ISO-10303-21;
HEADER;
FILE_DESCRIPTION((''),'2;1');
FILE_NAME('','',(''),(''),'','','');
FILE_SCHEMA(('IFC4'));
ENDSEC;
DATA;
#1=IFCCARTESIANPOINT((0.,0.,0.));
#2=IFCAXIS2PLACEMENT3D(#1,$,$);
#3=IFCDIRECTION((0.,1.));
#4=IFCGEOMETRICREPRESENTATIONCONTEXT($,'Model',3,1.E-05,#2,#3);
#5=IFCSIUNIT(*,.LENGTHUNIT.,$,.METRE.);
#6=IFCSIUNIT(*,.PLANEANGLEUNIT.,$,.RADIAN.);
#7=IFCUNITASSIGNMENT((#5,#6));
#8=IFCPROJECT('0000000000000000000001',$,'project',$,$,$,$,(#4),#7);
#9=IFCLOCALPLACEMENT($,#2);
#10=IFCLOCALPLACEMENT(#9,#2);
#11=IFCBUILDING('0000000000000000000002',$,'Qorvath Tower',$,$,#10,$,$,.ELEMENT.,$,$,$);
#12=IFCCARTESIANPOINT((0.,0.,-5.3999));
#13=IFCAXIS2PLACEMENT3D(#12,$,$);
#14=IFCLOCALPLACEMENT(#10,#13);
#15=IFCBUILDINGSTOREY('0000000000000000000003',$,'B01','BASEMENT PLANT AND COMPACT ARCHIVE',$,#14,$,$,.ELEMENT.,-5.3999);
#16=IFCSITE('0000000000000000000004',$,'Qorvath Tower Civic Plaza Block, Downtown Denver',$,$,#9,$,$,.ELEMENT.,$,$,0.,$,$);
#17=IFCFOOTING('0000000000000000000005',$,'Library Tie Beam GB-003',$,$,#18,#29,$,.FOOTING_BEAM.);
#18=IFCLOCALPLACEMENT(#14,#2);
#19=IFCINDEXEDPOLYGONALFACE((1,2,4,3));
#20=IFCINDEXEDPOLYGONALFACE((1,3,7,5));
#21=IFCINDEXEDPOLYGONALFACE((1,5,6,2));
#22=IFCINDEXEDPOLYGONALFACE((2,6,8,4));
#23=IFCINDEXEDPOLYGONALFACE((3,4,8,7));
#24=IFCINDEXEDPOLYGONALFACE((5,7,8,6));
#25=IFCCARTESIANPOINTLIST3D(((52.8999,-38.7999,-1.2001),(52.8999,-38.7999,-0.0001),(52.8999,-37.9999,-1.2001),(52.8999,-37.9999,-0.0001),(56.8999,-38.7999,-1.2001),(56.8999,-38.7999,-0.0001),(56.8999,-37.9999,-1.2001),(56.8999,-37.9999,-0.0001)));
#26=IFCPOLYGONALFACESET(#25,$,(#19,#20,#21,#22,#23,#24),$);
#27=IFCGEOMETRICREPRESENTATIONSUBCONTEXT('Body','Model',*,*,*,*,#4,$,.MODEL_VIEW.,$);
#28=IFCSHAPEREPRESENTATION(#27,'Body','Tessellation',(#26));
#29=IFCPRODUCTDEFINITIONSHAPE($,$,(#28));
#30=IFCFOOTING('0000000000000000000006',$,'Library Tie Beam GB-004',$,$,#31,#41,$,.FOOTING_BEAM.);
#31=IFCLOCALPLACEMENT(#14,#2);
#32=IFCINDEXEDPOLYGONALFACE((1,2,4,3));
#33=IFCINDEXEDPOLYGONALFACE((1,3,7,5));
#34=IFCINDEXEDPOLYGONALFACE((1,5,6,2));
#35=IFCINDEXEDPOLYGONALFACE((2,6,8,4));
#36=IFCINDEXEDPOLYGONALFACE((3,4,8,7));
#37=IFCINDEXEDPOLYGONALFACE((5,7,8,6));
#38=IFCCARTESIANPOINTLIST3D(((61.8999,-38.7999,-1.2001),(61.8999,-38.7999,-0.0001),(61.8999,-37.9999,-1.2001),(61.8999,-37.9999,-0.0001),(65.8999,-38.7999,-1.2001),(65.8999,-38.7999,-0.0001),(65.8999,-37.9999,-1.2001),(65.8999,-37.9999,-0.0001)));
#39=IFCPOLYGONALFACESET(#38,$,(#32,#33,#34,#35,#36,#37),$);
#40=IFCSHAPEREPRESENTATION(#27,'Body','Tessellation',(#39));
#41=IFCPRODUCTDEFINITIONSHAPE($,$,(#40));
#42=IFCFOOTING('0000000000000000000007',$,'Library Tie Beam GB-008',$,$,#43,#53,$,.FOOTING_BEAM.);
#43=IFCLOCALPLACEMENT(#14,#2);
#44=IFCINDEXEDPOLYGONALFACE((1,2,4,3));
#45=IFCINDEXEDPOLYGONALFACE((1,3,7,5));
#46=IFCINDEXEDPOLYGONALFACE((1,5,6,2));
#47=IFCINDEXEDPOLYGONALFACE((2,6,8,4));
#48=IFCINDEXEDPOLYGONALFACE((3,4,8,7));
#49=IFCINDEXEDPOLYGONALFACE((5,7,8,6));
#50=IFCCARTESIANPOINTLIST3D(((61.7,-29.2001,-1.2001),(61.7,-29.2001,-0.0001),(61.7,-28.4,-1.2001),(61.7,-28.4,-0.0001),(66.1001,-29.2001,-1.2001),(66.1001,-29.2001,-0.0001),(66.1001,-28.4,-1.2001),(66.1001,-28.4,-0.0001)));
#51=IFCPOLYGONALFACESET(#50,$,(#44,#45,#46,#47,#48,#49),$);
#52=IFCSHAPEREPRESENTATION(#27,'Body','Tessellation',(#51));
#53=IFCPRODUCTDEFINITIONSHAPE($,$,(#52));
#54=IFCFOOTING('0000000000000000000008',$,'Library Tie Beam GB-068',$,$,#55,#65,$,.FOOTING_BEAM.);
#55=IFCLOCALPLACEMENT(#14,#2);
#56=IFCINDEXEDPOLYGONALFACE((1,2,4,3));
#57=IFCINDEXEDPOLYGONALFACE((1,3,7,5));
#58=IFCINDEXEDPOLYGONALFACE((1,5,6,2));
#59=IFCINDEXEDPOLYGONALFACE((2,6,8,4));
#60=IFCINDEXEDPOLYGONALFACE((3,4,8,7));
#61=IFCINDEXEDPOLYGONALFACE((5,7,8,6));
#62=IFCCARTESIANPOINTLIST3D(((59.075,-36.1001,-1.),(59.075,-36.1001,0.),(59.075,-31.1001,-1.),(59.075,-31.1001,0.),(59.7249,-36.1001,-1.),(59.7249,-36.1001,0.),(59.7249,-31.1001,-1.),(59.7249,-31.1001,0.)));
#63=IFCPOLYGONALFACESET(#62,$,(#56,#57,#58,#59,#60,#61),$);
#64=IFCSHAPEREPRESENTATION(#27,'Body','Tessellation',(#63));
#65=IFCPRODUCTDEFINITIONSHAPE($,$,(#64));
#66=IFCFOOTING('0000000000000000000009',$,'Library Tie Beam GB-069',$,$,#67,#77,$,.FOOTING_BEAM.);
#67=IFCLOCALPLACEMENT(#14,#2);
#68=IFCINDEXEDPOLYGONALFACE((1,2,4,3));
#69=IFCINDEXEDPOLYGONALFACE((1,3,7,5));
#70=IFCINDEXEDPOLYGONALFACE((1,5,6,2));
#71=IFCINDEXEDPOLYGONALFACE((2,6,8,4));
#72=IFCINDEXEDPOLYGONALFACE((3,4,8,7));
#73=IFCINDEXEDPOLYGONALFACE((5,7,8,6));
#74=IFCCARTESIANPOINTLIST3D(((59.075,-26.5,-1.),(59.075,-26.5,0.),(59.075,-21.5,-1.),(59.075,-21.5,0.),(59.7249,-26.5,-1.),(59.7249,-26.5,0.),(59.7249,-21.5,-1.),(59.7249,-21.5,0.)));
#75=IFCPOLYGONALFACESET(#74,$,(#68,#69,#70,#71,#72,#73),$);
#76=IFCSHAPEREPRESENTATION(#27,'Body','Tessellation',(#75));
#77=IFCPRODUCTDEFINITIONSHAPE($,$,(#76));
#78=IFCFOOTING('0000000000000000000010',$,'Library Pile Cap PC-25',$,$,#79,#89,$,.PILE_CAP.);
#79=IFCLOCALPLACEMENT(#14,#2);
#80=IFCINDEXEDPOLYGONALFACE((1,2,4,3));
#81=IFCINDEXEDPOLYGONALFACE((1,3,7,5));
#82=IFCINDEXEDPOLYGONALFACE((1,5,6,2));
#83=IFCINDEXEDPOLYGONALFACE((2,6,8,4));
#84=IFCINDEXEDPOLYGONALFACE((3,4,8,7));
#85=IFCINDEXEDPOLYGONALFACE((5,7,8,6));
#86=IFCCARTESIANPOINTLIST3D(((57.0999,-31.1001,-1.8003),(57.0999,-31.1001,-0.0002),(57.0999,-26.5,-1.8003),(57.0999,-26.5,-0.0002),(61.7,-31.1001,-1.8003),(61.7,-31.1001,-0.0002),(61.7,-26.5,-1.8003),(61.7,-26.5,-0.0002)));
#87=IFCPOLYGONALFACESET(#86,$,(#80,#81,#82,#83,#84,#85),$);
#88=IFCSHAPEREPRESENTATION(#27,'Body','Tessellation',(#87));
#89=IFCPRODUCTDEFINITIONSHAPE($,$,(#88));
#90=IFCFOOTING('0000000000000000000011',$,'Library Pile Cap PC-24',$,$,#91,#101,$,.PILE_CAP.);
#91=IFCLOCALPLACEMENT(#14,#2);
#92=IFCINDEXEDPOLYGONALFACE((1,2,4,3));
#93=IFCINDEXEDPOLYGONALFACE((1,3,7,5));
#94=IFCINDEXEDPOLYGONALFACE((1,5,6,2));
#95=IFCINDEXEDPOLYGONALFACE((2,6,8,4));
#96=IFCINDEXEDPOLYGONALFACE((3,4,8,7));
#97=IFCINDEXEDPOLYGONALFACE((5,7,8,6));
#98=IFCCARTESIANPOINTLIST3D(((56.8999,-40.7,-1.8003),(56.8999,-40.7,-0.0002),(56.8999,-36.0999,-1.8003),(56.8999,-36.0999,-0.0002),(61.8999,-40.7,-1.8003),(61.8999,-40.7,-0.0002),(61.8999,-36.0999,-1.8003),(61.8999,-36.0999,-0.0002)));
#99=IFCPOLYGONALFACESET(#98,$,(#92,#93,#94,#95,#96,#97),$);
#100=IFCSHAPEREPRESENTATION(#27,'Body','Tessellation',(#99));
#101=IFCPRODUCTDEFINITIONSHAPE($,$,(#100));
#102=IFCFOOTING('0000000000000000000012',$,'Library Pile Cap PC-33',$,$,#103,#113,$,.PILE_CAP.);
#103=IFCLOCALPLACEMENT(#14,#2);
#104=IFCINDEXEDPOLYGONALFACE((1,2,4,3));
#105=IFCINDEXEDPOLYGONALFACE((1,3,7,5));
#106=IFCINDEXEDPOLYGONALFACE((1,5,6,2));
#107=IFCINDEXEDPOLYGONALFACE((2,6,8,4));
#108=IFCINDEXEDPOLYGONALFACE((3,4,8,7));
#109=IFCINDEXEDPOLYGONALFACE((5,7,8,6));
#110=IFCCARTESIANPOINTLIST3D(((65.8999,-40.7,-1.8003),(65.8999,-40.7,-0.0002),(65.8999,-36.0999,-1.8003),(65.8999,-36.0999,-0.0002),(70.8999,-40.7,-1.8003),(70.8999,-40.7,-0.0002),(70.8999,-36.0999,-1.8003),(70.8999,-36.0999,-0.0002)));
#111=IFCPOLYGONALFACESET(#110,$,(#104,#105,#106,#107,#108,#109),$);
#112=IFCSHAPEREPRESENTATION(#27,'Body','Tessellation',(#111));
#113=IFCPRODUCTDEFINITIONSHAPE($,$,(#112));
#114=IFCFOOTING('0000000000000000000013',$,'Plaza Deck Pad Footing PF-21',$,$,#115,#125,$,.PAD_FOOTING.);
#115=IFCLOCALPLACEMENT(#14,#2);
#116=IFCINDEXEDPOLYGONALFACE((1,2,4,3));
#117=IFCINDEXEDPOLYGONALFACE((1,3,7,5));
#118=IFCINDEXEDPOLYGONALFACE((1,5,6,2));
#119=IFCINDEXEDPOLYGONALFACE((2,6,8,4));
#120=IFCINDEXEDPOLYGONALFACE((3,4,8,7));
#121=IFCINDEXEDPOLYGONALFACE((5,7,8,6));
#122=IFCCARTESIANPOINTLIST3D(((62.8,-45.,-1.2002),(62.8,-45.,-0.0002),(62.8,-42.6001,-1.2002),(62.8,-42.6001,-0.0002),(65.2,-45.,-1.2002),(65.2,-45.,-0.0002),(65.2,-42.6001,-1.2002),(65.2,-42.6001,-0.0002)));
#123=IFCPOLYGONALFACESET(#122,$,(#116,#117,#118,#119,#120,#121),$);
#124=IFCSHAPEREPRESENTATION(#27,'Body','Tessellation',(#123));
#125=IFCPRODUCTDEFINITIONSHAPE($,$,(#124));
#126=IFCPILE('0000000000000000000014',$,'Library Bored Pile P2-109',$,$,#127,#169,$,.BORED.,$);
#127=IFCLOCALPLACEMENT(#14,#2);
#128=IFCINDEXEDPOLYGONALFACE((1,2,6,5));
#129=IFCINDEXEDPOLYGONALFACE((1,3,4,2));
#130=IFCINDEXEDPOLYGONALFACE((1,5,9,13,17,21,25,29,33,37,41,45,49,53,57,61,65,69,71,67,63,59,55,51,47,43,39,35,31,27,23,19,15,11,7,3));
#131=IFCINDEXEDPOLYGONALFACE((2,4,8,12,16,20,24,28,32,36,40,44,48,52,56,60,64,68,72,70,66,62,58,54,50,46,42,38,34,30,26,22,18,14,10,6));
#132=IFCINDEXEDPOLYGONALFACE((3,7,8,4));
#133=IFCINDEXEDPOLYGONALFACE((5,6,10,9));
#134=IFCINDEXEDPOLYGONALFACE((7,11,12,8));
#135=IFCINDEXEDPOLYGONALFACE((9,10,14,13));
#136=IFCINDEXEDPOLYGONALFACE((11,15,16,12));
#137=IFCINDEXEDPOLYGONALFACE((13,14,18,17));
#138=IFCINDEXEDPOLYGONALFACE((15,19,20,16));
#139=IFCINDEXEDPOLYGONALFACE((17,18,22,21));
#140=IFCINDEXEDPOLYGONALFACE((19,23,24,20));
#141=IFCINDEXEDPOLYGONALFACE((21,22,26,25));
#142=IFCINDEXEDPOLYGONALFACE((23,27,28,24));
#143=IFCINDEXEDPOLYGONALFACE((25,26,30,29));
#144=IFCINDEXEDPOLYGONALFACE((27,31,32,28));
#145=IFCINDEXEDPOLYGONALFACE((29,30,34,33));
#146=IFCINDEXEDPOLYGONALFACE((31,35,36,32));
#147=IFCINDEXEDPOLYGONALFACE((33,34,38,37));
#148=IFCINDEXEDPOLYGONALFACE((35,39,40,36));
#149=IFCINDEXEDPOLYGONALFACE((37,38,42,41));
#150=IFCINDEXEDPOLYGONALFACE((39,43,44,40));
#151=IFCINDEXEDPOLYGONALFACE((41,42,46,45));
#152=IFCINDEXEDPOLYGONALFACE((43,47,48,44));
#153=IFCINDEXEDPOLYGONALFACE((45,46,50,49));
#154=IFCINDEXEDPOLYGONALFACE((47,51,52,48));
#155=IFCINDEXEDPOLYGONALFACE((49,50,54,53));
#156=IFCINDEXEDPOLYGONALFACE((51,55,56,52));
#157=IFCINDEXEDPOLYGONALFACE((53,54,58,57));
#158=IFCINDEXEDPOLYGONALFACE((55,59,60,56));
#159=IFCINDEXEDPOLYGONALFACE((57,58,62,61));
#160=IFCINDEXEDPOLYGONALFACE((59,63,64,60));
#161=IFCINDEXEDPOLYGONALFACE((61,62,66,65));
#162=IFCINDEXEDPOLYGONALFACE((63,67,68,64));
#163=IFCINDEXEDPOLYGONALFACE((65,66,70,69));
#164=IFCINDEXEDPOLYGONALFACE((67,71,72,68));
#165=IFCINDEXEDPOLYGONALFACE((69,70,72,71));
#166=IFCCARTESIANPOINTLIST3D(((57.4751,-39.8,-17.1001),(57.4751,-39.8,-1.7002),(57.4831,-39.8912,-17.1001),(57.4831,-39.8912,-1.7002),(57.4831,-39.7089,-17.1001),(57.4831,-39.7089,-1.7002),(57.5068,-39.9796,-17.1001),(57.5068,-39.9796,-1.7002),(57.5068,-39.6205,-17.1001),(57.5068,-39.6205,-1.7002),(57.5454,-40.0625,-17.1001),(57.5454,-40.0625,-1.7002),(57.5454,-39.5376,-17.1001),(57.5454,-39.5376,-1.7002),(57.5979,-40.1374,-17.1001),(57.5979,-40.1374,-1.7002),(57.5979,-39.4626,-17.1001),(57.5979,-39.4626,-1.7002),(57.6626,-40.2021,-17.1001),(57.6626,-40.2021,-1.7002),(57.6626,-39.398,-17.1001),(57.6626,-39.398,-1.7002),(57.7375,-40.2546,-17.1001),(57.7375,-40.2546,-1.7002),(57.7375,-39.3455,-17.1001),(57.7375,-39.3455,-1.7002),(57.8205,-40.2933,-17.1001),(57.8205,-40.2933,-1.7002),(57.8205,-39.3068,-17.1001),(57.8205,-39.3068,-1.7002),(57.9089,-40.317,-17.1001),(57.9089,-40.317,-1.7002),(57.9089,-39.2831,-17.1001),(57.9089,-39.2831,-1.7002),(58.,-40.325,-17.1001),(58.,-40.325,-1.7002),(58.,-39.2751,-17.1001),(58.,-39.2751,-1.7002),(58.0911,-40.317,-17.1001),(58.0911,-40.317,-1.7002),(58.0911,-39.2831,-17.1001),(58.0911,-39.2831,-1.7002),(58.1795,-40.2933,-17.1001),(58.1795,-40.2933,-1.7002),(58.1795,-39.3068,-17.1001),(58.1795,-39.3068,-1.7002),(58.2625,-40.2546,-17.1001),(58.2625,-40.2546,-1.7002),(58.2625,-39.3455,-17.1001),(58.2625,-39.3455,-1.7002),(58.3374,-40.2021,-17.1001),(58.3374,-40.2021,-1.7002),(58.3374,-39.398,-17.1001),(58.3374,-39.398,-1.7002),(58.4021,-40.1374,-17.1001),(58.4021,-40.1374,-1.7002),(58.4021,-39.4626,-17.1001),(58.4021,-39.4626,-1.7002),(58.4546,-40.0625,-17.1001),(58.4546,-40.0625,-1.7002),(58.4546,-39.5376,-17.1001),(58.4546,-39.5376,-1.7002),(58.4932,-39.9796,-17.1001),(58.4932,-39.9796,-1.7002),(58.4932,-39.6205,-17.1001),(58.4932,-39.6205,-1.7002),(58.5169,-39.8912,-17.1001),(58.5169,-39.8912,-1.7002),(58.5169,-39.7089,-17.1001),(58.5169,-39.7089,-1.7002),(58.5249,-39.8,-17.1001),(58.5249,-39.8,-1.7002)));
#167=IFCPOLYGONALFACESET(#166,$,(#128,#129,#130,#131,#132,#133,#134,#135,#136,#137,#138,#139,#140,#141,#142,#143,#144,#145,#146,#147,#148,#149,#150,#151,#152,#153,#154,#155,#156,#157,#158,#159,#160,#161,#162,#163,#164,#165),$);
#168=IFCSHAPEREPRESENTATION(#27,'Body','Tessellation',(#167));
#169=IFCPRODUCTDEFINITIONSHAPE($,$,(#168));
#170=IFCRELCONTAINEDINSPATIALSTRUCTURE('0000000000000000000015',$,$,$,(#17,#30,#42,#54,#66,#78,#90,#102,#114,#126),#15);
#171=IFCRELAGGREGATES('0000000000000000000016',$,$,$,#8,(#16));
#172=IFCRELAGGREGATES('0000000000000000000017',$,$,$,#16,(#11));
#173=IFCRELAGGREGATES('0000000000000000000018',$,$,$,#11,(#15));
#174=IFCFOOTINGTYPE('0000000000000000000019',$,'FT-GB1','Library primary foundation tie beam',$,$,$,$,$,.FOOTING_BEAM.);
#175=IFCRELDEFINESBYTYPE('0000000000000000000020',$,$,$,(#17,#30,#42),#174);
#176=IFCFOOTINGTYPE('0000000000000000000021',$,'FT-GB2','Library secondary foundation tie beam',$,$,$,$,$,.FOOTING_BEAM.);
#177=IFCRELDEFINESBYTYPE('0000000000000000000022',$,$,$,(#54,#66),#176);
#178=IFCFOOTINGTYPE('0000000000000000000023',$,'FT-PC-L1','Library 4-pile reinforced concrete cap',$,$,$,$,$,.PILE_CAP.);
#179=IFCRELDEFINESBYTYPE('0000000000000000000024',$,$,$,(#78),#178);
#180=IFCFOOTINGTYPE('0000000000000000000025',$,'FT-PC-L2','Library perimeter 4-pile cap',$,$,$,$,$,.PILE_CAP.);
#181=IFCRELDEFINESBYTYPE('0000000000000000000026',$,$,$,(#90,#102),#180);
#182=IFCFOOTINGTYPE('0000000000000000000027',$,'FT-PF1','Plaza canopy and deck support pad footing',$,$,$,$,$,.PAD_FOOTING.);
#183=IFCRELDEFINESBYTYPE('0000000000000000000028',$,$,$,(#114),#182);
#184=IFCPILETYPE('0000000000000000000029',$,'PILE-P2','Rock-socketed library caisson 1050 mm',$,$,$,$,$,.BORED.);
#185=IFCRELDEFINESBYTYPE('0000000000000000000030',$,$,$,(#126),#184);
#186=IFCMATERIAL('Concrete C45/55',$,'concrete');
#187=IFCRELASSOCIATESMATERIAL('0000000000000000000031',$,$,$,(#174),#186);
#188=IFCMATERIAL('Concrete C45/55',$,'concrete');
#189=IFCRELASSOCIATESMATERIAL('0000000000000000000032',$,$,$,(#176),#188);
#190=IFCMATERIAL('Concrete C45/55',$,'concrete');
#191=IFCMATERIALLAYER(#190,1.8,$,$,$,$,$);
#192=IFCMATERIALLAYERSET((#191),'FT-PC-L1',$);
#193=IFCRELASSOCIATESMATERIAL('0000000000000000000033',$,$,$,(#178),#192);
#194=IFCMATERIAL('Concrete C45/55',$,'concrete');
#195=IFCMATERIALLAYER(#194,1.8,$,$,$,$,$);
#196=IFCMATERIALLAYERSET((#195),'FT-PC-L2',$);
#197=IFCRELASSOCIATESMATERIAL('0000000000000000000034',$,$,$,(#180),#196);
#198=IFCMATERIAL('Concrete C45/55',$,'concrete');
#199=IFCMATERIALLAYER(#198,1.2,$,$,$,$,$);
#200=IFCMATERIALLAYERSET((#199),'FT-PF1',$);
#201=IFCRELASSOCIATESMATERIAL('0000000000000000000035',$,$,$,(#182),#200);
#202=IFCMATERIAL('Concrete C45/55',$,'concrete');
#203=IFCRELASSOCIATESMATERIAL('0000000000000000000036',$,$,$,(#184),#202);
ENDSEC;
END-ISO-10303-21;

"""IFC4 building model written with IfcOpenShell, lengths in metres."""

from ifc_helpers import new_model, si_unit, direction, frame, origin, origin_2d, place, context, subcontext, project, spatial, rectangle, circle, extrude, material, layer, layer_set, material_profile, profile_set, type_object, element, save


model = new_model("IFC4")

# Units and contexts
model_context = context("Model", 3, precision=1e-05, world=origin(), true_north=direction((0.0, 1.0)))
body_context = subcontext(model_context, "Body", "Model", "MODEL_VIEW")
ifc_project = project(units=[si_unit("LENGTHUNIT", "METRE"), si_unit("PLANEANGLEUNIT", "RADIAN")], contexts=[model_context])

# Site, building, storey
site_placement = place(None, origin())
site = spatial("IfcSite", under=ifc_project, at=site_placement, Name="Qorvath Tower Civic Plaza Block, Downtown Denver", CompositionType="ELEMENT", RefElevation=0.0)
building_placement = place(site_placement, origin())
building = spatial("IfcBuilding", under=site, at=building_placement, Name="Qorvath Tower", CompositionType="ELEMENT")
storey_placement = place(building_placement, frame((0.0, 0.0, -5.3999)))
storey = spatial("IfcBuildingStorey", under=building, at=storey_placement, Name="B01", Description="BASEMENT PLANT AND COMPACT ARCHIVE", CompositionType="ELEMENT", Elevation=-5.3999)

# Footings
ifc_material_1 = material(Name="Concrete C45/55", Category="concrete")
ifc_material_profile_1 = material_profile(ifc_material_1, rectangle(XDim=0.8, YDim=1.2, at=origin_2d()), Name="GB 800x1200")
ifc_profile_set_1 = profile_set([ifc_material_profile_1], Name="Concrete C45/55")
footing_type_1 = type_object("IfcFootingType", Name="FT-GB1", Description="Library primary foundation tie beam", PredefinedType="FOOTING_BEAM", material=ifc_profile_set_1)
for number, where, z_axis, x_axis, name in (
    (1, (52.8999, -38.3999, -0.6001), (1.0, 0.0, 0.0), (0.0, 1.0, 0.0), "Library Tie Beam GB-003"),
    (2, (61.8999, -38.3999, -0.6001), (1.0, 0.0, 0.0), (0.0, 1.0, 0.0), "Library Tie Beam GB-004"),
):
    element("IfcFooting", number, at=place(storey_placement, frame(where, z_axis=z_axis, x_axis=x_axis)), inside=storey, type_object=footing_type_1, Name=name, PredefinedType="FOOTING_BEAM", context=body_context, shape_type="SweptSolid", body=[
        extrude(rectangle(XDim=0.8, YDim=1.2, at=origin_2d()), origin(), (0.0, 0.0, 1.0), 4.0),
    ])
footing_1_placement = place(storey_placement, frame((61.7, -28.8, -0.6001), z_axis=(1.0, 0.0, 0.0), x_axis=(0.0, 1.0, 0.0)))
element("IfcFooting", 3, at=footing_1_placement, inside=storey, type_object=footing_type_1, Name="Library Tie Beam GB-008", PredefinedType="FOOTING_BEAM", context=body_context, shape_type="SweptSolid", body=[
    extrude(rectangle(XDim=0.8, YDim=1.2, at=origin_2d()), origin(), (0.0, 0.0, 1.0), 4.4001),
])
ifc_material_2 = material(Name="Concrete C45/55", Category="concrete")
ifc_material_profile_2 = material_profile(ifc_material_2, rectangle(XDim=0.6499, YDim=1.0, at=origin_2d()), Name="GB 650x1000")
ifc_profile_set_2 = profile_set([ifc_material_profile_2], Name="Concrete C45/55")
footing_type_2 = type_object("IfcFootingType", Name="FT-GB2", Description="Library secondary foundation tie beam", PredefinedType="FOOTING_BEAM", material=ifc_profile_set_2)
for number, where, z_axis, x_axis, name in (
    (4, (59.3999, -36.1001, -0.5), (0.0, 1.0, 0.0), (-1.0, 0.0, 0.0), "Library Tie Beam GB-068"),
    (5, (59.3999, -26.5, -0.5), (0.0, 1.0, 0.0), (-1.0, 0.0, 0.0), "Library Tie Beam GB-069"),
):
    element("IfcFooting", number, at=place(storey_placement, frame(where, z_axis=z_axis, x_axis=x_axis)), inside=storey, type_object=footing_type_2, Name=name, PredefinedType="FOOTING_BEAM", context=body_context, shape_type="SweptSolid", body=[
        extrude(rectangle(XDim=0.6499, YDim=1.0, at=origin_2d()), origin(), (0.0, 0.0, 1.0), 5.0),
    ])
ifc_material_3 = material(Name="Concrete C45/55", Category="concrete")
ifc_layer_1 = layer(ifc_material_3, 1.8)
ifc_layer_set_1 = layer_set([ifc_layer_1], Name="FT-PC-L1")
footing_type_3 = type_object("IfcFootingType", Name="FT-PC-L1", Description="Library 4-pile reinforced concrete cap", PredefinedType="PILE_CAP", material=ifc_layer_set_1)
footing_2_placement = place(storey_placement, frame((59.3999, -28.8, -1.8003), z_axis=(0.0, 0.0, 1.0), x_axis=(1.0, 0.0, 0.0)))
element("IfcFooting", 6, at=footing_2_placement, inside=storey, type_object=footing_type_3, Name="Library Pile Cap PC-25", PredefinedType="PILE_CAP", context=body_context, shape_type="SweptSolid", body=[
    extrude(rectangle(XDim=4.6001, YDim=4.6001, at=origin_2d()), origin(), (0.0, 0.0, 1.0), 1.8),
])
ifc_material_4 = material(Name="Concrete C45/55", Category="concrete")
ifc_layer_2 = layer(ifc_material_4, 1.8)
ifc_layer_set_2 = layer_set([ifc_layer_2], Name="FT-PC-L2")
footing_type_4 = type_object("IfcFootingType", Name="FT-PC-L2", Description="Library perimeter 4-pile cap", PredefinedType="PILE_CAP", material=ifc_layer_set_2)
for number, where, z_axis, x_axis, name in (
    (7, (59.3999, -38.3999, -1.8003), (0.0, 0.0, 1.0), (1.0, 0.0, 0.0), "Library Pile Cap PC-24"),
    (8, (68.3999, -38.3999, -1.8003), (0.0, 0.0, 1.0), (1.0, 0.0, 0.0), "Library Pile Cap PC-33"),
):
    element("IfcFooting", number, at=place(storey_placement, frame(where, z_axis=z_axis, x_axis=x_axis)), inside=storey, type_object=footing_type_4, Name=name, PredefinedType="PILE_CAP", context=body_context, shape_type="SweptSolid", body=[
        extrude(rectangle(XDim=5.0, YDim=4.6001, at=origin_2d()), origin(), (0.0, 0.0, 1.0), 1.8),
    ])
ifc_material_5 = material(Name="Concrete C45/55", Category="concrete")
ifc_layer_3 = layer(ifc_material_5, 1.2)
ifc_layer_set_3 = layer_set([ifc_layer_3], Name="FT-PF1")
footing_type_5 = type_object("IfcFootingType", Name="FT-PF1", Description="Plaza canopy and deck support pad footing", PredefinedType="PAD_FOOTING", material=ifc_layer_set_3)
footing_3_placement = place(storey_placement, frame((64.0, -43.8, -1.2002), z_axis=(0.0, 0.0, 1.0), x_axis=(1.0, 0.0, 0.0)))
element("IfcFooting", 9, at=footing_3_placement, inside=storey, type_object=footing_type_5, Name="Plaza Deck Pad Footing PF-21", PredefinedType="PAD_FOOTING", context=body_context, shape_type="SweptSolid", body=[
    extrude(rectangle(XDim=2.3999, YDim=2.3999, at=origin_2d()), origin(), (0.0, 0.0, 1.0), 1.2),
])

# Pile
ifc_material_6 = material(Name="Concrete C45/55", Category="concrete")
ifc_material_profile_3 = material_profile(ifc_material_6, circle(Radius=0.5249, at=origin_2d()), Name="BORED PILE 1050")
ifc_profile_set_3 = profile_set([ifc_material_profile_3], Name="Concrete C45/55")
pile_type = type_object("IfcPileType", Name="PILE-P2", Description="Rock-socketed library caisson 1050 mm", PredefinedType="BORED", material=ifc_profile_set_3)
for number, where, z_axis, x_axis, name in (
    (10, (58.0, -39.8, -1.7002), (0.0, 0.0, -1.0), (1.0, 0.0, 0.0), "Library Bored Pile P2-109"),
):
    element("IfcPile", number, at=place(storey_placement, frame(where, z_axis=z_axis, x_axis=x_axis)), inside=storey, type_object=pile_type, Name=name, PredefinedType="BORED", context=body_context, shape_type="SweptSolid", body=[
        extrude(circle(Radius=0.5249, at=origin_2d()), origin(), (0.0, 0.0, 1.0), 15.3999),
    ])

save(model, "model.ifc")
